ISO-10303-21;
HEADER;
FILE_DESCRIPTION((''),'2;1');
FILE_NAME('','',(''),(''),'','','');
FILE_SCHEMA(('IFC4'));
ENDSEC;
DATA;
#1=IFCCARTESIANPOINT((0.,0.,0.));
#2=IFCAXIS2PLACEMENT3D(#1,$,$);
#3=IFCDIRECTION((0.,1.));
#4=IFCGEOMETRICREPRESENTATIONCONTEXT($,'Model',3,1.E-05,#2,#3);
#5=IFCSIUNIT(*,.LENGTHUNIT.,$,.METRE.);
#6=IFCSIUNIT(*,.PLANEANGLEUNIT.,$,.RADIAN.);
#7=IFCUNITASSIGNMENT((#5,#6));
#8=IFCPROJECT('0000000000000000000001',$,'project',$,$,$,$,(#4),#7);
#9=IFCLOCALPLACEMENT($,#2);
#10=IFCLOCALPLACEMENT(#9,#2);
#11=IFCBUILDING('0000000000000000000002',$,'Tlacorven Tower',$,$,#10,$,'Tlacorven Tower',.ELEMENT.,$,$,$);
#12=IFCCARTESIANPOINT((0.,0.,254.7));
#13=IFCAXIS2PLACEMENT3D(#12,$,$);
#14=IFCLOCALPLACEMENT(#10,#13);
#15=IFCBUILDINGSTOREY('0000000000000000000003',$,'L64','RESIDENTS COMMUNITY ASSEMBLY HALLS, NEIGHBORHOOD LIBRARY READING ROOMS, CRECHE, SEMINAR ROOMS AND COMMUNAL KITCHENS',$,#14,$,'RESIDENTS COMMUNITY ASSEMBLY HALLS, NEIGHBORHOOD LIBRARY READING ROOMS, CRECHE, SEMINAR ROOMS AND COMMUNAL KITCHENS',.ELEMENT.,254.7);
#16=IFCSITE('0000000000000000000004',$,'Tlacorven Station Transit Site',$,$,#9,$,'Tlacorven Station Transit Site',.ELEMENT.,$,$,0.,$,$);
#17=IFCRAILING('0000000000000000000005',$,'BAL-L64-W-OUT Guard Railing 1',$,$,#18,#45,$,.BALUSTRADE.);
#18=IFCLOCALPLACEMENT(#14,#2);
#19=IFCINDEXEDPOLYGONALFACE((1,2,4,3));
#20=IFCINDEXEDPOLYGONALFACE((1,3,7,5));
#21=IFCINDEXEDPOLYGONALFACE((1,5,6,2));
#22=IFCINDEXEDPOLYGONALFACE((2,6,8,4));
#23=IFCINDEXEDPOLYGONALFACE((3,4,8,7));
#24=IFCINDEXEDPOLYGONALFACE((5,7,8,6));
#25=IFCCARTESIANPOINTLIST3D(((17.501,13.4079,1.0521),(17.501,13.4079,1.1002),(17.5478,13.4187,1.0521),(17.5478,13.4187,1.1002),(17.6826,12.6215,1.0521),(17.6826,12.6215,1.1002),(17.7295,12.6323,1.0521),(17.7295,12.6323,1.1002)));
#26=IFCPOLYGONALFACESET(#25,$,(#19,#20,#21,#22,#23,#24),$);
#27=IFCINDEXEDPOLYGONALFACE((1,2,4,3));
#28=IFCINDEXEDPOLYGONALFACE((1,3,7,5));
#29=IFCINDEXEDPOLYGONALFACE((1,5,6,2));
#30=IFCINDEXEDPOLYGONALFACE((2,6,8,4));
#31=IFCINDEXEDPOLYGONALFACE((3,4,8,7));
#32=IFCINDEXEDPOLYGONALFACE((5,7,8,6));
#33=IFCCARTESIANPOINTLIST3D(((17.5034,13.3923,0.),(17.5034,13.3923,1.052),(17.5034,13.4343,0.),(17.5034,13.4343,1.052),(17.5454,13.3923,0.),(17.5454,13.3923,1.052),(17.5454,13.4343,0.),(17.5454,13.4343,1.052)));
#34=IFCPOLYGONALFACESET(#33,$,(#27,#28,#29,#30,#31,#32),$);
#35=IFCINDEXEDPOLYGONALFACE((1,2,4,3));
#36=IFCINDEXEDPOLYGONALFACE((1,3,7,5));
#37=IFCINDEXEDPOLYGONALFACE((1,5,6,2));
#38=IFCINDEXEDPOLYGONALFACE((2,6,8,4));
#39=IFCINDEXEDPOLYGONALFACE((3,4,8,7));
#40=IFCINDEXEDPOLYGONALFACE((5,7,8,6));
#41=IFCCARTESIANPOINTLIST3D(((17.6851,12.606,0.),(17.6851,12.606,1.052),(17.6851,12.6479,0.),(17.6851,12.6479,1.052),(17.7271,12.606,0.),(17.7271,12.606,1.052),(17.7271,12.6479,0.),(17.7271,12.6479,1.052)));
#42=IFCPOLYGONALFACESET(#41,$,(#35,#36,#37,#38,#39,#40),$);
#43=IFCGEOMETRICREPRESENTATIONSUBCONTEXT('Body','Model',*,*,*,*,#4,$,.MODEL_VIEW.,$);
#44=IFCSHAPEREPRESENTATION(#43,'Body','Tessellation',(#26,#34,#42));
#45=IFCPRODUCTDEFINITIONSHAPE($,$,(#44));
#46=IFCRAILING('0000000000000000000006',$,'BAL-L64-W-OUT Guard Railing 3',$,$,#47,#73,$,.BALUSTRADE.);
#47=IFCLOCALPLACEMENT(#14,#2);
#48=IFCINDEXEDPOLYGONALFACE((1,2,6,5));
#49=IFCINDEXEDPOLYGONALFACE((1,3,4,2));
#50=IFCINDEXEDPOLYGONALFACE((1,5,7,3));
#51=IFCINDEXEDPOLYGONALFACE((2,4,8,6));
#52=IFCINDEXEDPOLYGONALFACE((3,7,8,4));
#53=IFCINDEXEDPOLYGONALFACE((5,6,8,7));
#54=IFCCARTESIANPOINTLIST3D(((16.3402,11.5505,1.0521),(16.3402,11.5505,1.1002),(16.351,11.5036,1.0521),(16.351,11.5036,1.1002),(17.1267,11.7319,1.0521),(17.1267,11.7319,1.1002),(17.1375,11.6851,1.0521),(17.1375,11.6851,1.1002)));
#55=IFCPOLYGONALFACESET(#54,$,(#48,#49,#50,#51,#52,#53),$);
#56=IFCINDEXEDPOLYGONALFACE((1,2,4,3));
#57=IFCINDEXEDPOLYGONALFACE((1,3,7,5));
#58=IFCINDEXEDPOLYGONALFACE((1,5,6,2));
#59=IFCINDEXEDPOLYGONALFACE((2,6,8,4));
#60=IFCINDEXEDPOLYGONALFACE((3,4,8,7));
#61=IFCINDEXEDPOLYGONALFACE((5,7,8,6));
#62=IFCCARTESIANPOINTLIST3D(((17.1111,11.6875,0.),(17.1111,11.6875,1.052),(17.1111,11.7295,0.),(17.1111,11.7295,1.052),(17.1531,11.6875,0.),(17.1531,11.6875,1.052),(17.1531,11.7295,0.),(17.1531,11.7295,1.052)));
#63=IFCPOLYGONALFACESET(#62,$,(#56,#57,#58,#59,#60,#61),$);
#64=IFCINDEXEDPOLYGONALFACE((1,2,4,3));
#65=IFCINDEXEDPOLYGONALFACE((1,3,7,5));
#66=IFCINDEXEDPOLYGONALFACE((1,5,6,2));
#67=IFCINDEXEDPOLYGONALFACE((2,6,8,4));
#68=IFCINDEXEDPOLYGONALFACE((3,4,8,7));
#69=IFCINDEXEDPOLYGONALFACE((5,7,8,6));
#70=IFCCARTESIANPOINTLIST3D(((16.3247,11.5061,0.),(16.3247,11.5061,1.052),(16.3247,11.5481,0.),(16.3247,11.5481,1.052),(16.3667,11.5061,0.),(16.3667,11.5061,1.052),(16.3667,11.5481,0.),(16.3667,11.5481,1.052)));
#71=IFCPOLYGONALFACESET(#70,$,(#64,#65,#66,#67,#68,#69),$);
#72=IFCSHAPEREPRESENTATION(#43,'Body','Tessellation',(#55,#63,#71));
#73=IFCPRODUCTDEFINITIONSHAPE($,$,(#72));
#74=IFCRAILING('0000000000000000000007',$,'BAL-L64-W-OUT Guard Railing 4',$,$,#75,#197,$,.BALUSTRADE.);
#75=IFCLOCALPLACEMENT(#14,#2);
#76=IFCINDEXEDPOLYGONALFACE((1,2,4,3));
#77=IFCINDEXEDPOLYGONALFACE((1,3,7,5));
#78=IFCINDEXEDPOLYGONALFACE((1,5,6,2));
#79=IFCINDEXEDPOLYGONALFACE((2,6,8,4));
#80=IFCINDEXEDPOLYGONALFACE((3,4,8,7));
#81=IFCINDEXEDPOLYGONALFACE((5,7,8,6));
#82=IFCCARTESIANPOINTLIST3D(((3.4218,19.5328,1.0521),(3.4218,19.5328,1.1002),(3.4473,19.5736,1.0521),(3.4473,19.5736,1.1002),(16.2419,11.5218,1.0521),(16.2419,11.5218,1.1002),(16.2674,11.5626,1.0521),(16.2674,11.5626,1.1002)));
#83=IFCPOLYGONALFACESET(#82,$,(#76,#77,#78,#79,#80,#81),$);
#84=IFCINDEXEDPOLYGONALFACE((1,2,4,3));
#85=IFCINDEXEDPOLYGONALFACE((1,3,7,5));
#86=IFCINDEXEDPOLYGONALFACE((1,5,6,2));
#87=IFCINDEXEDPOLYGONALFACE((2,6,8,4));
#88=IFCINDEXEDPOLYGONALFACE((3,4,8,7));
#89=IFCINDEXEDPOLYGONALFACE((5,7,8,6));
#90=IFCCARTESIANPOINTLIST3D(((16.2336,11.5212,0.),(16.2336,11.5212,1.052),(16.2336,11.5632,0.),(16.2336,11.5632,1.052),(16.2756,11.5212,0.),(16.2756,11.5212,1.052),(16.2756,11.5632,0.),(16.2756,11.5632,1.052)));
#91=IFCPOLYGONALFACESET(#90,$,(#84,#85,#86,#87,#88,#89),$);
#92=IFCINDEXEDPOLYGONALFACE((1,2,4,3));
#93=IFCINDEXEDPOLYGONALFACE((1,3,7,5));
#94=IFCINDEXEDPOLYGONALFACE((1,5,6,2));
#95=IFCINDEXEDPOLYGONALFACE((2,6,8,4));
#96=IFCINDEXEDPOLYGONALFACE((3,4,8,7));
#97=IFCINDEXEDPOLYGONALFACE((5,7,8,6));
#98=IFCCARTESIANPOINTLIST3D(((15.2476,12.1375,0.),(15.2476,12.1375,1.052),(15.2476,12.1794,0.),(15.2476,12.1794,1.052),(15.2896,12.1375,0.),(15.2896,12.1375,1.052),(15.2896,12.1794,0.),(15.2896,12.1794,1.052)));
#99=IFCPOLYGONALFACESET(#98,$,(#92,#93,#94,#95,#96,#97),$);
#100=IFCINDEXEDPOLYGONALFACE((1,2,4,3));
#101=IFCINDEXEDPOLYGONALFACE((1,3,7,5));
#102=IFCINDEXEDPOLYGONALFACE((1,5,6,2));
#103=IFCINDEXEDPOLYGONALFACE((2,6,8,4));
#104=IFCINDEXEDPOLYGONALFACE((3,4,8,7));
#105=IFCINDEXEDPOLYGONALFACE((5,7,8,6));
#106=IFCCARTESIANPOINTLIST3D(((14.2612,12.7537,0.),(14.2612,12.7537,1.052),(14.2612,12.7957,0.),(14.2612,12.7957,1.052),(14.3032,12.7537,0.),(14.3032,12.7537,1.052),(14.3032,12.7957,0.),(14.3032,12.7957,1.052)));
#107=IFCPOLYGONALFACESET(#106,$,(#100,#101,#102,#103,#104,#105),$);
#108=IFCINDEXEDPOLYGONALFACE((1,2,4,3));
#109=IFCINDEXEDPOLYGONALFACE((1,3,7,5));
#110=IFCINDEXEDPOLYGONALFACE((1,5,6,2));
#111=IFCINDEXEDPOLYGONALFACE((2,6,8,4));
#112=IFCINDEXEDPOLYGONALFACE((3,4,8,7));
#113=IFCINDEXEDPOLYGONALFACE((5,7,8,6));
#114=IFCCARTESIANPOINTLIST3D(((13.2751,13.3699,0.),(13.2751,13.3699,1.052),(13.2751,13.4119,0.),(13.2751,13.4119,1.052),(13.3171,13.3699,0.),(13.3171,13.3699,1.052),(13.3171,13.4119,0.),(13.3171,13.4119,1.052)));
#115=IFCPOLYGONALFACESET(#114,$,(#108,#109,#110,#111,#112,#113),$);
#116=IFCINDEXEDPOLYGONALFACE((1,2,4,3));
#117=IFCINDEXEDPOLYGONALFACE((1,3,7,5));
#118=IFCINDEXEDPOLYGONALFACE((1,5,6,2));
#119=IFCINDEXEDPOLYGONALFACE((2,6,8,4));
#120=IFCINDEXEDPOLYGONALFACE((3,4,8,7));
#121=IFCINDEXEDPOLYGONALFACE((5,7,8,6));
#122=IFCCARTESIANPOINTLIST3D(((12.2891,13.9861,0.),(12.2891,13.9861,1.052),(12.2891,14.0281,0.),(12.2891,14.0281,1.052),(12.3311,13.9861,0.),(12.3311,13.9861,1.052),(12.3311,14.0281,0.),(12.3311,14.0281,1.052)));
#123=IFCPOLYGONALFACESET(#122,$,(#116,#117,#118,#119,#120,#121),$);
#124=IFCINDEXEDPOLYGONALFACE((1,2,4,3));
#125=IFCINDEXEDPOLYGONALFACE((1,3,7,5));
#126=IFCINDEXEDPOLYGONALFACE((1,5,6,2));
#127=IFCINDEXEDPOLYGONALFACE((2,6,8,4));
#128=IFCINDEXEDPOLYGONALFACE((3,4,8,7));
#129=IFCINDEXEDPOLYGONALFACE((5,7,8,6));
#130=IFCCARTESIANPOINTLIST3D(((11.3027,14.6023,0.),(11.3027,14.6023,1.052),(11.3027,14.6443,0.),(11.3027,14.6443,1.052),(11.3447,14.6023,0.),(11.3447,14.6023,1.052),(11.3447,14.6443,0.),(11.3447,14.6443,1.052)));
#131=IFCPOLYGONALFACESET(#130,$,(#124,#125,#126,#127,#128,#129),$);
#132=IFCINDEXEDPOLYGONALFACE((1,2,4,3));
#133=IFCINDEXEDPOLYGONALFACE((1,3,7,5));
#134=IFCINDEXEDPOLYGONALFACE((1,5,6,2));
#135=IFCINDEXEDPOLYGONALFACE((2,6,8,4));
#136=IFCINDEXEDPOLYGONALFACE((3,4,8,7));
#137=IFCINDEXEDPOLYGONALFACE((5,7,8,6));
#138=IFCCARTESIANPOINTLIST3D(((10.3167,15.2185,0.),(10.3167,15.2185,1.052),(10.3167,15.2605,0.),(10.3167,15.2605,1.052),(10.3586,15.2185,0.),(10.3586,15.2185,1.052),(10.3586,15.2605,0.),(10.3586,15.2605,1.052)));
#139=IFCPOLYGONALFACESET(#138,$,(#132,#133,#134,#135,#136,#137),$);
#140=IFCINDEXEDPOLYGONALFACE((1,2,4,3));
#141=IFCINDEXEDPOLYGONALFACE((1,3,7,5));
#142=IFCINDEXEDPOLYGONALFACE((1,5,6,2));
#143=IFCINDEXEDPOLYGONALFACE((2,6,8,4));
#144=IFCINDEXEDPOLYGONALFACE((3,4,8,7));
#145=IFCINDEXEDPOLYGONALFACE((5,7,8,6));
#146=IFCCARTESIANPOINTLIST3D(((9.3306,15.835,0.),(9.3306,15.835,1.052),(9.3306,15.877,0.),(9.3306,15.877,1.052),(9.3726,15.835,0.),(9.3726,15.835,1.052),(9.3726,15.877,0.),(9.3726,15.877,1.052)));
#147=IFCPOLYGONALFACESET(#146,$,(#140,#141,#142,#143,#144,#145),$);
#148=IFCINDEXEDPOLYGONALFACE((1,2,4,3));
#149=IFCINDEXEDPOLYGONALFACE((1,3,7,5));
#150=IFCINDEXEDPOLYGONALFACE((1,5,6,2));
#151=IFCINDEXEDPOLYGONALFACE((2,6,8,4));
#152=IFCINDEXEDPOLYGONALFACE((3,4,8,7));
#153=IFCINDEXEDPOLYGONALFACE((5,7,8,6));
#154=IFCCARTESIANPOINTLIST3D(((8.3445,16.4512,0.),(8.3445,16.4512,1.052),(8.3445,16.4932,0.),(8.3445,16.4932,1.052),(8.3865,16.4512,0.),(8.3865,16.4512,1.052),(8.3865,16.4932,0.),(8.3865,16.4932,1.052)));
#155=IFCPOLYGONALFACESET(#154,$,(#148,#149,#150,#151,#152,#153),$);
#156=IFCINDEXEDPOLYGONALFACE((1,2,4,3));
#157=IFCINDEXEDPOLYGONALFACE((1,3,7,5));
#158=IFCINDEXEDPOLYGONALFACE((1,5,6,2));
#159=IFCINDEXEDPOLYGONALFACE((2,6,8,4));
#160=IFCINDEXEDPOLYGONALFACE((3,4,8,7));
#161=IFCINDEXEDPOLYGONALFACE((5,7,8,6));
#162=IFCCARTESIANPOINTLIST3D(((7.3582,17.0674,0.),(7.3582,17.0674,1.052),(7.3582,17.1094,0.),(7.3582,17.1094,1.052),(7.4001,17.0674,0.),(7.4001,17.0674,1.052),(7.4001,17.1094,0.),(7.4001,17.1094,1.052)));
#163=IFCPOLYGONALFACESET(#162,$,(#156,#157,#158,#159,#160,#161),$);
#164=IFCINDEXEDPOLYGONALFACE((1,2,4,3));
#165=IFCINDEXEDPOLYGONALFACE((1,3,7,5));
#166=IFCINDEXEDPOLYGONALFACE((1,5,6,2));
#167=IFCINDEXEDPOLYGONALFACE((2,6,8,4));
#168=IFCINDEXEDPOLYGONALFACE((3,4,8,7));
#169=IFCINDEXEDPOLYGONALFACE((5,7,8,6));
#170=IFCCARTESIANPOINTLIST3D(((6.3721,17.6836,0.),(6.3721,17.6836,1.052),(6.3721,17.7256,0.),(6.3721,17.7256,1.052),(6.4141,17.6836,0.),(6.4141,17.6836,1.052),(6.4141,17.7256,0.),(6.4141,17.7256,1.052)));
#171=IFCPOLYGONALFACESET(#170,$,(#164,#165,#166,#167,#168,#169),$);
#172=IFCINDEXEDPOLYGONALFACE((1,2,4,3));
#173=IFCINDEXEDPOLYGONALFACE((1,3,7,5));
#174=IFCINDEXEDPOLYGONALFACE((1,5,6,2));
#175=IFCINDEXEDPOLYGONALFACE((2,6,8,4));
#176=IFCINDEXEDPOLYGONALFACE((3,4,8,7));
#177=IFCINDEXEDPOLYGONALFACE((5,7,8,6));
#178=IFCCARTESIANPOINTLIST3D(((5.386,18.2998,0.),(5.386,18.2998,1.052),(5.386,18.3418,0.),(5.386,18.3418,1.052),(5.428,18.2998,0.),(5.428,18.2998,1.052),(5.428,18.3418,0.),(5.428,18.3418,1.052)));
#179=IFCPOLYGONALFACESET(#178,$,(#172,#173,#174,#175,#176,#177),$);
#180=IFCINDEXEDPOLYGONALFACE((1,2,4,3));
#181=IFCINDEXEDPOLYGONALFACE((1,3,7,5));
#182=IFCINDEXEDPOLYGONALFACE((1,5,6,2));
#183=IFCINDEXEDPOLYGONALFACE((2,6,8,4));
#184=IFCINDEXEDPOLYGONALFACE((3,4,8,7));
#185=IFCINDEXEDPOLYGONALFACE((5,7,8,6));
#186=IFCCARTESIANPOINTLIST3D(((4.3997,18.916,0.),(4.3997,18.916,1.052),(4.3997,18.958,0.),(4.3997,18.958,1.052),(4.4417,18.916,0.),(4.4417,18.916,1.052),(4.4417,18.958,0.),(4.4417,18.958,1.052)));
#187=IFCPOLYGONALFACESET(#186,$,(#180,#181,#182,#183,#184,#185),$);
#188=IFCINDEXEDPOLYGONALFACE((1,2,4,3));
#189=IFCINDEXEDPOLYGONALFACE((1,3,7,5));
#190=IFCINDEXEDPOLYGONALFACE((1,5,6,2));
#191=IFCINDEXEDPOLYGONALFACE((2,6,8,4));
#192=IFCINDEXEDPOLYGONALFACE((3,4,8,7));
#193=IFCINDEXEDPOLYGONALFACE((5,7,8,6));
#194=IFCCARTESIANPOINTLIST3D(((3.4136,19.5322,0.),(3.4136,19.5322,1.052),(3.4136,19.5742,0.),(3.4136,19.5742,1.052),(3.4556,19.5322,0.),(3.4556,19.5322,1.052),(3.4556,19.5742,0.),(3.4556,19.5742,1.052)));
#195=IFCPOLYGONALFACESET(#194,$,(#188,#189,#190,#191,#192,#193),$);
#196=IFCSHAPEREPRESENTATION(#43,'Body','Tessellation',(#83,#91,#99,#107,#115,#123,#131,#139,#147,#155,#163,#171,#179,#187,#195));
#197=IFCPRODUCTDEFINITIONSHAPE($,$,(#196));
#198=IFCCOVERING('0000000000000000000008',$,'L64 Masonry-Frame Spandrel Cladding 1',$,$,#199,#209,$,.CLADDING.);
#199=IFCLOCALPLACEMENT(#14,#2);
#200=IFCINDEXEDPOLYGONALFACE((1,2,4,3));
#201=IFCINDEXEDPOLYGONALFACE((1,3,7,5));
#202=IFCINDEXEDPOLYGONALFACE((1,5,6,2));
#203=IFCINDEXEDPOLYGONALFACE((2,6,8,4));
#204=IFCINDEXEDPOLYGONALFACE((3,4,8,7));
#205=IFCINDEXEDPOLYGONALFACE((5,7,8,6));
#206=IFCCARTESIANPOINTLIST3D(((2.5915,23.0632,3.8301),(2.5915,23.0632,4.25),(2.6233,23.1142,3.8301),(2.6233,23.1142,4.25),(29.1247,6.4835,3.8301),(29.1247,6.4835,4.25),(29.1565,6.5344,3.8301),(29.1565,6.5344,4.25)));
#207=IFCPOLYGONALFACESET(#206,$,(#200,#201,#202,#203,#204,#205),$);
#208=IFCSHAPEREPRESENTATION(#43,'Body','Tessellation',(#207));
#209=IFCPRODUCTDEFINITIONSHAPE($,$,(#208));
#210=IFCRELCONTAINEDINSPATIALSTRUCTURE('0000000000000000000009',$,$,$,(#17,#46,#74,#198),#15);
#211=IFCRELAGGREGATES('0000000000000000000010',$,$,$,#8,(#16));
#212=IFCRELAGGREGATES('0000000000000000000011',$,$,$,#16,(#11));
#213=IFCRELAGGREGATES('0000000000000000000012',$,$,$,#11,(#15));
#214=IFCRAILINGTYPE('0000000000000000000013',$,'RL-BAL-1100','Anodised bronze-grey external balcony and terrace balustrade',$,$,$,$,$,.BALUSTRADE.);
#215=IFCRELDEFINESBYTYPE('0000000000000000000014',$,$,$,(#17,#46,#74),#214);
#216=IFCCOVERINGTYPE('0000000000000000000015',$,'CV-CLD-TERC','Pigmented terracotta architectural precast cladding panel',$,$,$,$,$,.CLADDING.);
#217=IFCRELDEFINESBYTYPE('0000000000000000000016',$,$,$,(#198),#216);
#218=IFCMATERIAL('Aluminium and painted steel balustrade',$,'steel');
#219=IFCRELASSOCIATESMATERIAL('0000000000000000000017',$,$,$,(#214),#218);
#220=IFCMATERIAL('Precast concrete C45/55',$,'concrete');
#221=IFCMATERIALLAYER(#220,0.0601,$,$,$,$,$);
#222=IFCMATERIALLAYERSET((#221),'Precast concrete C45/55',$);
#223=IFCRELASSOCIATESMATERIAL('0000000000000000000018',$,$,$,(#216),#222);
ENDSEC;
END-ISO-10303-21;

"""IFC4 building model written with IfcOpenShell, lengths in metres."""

from ifc_helpers import new_model, si_unit, direction, frame, origin, origin_2d, place, context, subcontext, project, spatial, rectangle, extrude, source, transform, mapped, material, layer, layer_set, type_object, element, save


model = new_model("IFC4")

# Units and contexts
model_context = context("Model", 3, precision=1e-05, world=origin(), true_north=direction((0.0, 1.0)))
body_context = subcontext(model_context, "Body", "Model", "MODEL_VIEW")
ifc_project = project(units=[si_unit("LENGTHUNIT", "METRE"), si_unit("PLANEANGLEUNIT", "RADIAN")], contexts=[model_context])

# Site, building, storey
site_placement = place(None, origin())
site = spatial("IfcSite", under=ifc_project, at=site_placement, Name="Tlacorven Station Transit Site", LongName="Tlacorven Station Transit Site", CompositionType="ELEMENT", RefElevation=0.0)
building_placement = place(site_placement, origin())
building = spatial("IfcBuilding", under=site, at=building_placement, Name="Tlacorven Tower", LongName="Tlacorven Tower", CompositionType="ELEMENT")
storey_placement = place(building_placement, frame((0.0, 0.0, 254.7)))
storey = spatial("IfcBuildingStorey", under=building, at=storey_placement, Name="L64", Description="RESIDENTS COMMUNITY ASSEMBLY HALLS, NEIGHBORHOOD LIBRARY READING ROOMS, CRECHE, SEMINAR ROOMS AND COMMUNAL KITCHENS", LongName="RESIDENTS COMMUNITY ASSEMBLY HALLS, NEIGHBORHOOD LIBRARY READING ROOMS, CRECHE, SEMINAR ROOMS AND COMMUNAL KITCHENS", CompositionType="ELEMENT", Elevation=254.7)

# Shared definitions
ifc_material_1 = material(Name="Precast concrete C45/55", Category="concrete")

# Railings
ifc_material_2 = material(Name="Aluminium and painted steel balustrade", Category="steel")
railing_type = type_object("IfcRailingType", Name="RL-BAL-1100", Description="Anodised bronze-grey external balcony and terrace balustrade", PredefinedType="BALUSTRADE", material=ifc_material_2)
shared_shape_1 = source(origin(), body_context, "Body", "SweptSolid", [
    extrude(rectangle(XDim=0.0481, YDim=0.0481, at=origin_2d()), frame((0.0, 0.0, 1.0762), z_axis=(0.225058, -0.974345, 0.0), x_axis=(0.974345, 0.225058, 0.0)), (0.0, 0.0, 1.0), 0.8071),
    extrude(rectangle(XDim=0.042, YDim=0.042, at=origin_2d()), origin(), (0.0, 0.0, 1.0), 1.052),
    extrude(rectangle(XDim=0.042, YDim=0.042, at=origin_2d()), frame((0.1816, -0.7864, 0.0)), (0.0, 0.0, 1.0), 1.052),
])
railing_1_placement = place(storey_placement, frame((17.5244, 13.4133, 0.0)))
element("IfcRailing", 1, at=railing_1_placement, inside=storey, type_object=railing_type, Name="BAL-L64-W-OUT Guard Railing 1", PredefinedType="BALUSTRADE", context=body_context, shape_type="MappedRepresentation", body=[
    mapped(shared_shape_1, transform((0.0, 0.0, 0.0), scale=1.0)),
])
shared_shape_2 = source(origin(), body_context, "Body", "SweptSolid", [
    extrude(rectangle(XDim=0.0481, YDim=0.0481, at=origin_2d()), frame((0.0, 0.0, 1.0762), z_axis=(-0.974412, -0.224771, 0.0), x_axis=(0.224771, -0.974412, 0.0)), (0.0, 0.0, 1.0), 0.8071),
    extrude(rectangle(XDim=0.042, YDim=0.042, at=origin_2d()), origin(), (0.0, 0.0, 1.0), 1.052),
    extrude(rectangle(XDim=0.042, YDim=0.042, at=origin_2d()), frame((-0.7864, -0.1814, 0.0)), (0.0, 0.0, 1.0), 1.052),
])
railing_2_placement = place(storey_placement, frame((17.1321, 11.7085, 0.0)))
element("IfcRailing", 2, at=railing_2_placement, inside=storey, type_object=railing_type, Name="BAL-L64-W-OUT Guard Railing 3", PredefinedType="BALUSTRADE", context=body_context, shape_type="MappedRepresentation", body=[
    mapped(shared_shape_2, transform((0.0, 0.0, 0.0), scale=1.0)),
])
shared_shape_3 = source(origin(), body_context, "Body", "SweptSolid", [
    extrude(rectangle(XDim=0.0481, YDim=0.0481, at=origin_2d()), frame((0.0, 0.0, 1.0762), z_axis=(-0.848045, 0.529925, 0.0), x_axis=(-0.529925, -0.848045, 0.0)), (0.0, 0.0, 1.0), 15.1172),
    extrude(rectangle(XDim=0.042, YDim=0.042, at=origin_2d()), origin(), (0.0, 0.0, 1.0), 1.052),
    extrude(rectangle(XDim=0.042, YDim=0.042, at=origin_2d()), frame((-0.9861, 0.6162, 0.0)), (0.0, 0.0, 1.0), 1.052),
    extrude(rectangle(XDim=0.042, YDim=0.042, at=origin_2d()), frame((-1.9724, 1.2324, 0.0)), (0.0, 0.0, 1.0), 1.052),
    extrude(rectangle(XDim=0.042, YDim=0.042, at=origin_2d()), frame((-2.9585, 1.8486, 0.0)), (0.0, 0.0, 1.0), 1.052),
    extrude(rectangle(XDim=0.042, YDim=0.042, at=origin_2d()), frame((-3.9446, 2.4648, 0.0)), (0.0, 0.0, 1.0), 1.052),
    extrude(rectangle(XDim=0.042, YDim=0.042, at=origin_2d()), frame((-4.9309, 3.0811, 0.0)), (0.0, 0.0, 1.0), 1.052),
    extrude(rectangle(XDim=0.042, YDim=0.042, at=origin_2d()), frame((-5.917, 3.6973, 0.0)), (0.0, 0.0, 1.0), 1.052),
    extrude(rectangle(XDim=0.042, YDim=0.042, at=origin_2d()), frame((-6.9031, 4.3137, 0.0)), (0.0, 0.0, 1.0), 1.052),
    extrude(rectangle(XDim=0.042, YDim=0.042, at=origin_2d()), frame((-7.8892, 4.9299, 0.0)), (0.0, 0.0, 1.0), 1.052),
    extrude(rectangle(XDim=0.042, YDim=0.042, at=origin_2d()), frame((-8.8755, 5.5461, 0.0)), (0.0, 0.0, 1.0), 1.052),
    extrude(rectangle(XDim=0.042, YDim=0.042, at=origin_2d()), frame((-9.8616, 6.1624, 0.0)), (0.0, 0.0, 1.0), 1.052),
    extrude(rectangle(XDim=0.042, YDim=0.042, at=origin_2d()), frame((-10.8477, 6.7786, 0.0)), (0.0, 0.0, 1.0), 1.052),
    extrude(rectangle(XDim=0.042, YDim=0.042, at=origin_2d()), frame((-11.834, 7.3948, 0.0)), (0.0, 0.0, 1.0), 1.052),
    extrude(rectangle(XDim=0.042, YDim=0.042, at=origin_2d()), frame((-12.8201, 8.011, 0.0)), (0.0, 0.0, 1.0), 1.052),
])
railing_3_placement = place(storey_placement, frame((16.2546, 11.5422, 0.0)))
element("IfcRailing", 3, at=railing_3_placement, inside=storey, type_object=railing_type, Name="BAL-L64-W-OUT Guard Railing 4", PredefinedType="BALUSTRADE", context=body_context, shape_type="MappedRepresentation", body=[
    mapped(shared_shape_3, transform((0.0, 0.0, 0.0), scale=1.0)),
])

# Covering
ifc_layer_1 = layer(ifc_material_1, 0.0601)
ifc_layer_set_1 = layer_set([ifc_layer_1], Name="Precast concrete C45/55")
covering_type_1 = type_object("IfcCoveringType", Name="CV-CLD-TERC", Description="Pigmented terracotta architectural precast cladding panel", PredefinedType="CLADDING", material=ifc_layer_set_1)
shared_shape_4 = source(origin(), body_context, "Body", "SweptSolid", [
    extrude(rectangle(XDim=31.2874, YDim=0.0601, at=origin_2d()), origin(), (0.0, 0.0, 1.0), 0.4199),
])
covering_1_placement = place(storey_placement, frame((15.874, 14.7988, 3.8301), z_axis=(0.0, 0.0, 1.0), x_axis=(-0.848048, 0.529919, 0.0)))
element("IfcCovering", 4, at=covering_1_placement, inside=storey, type_object=covering_type_1, Name="L64 Masonry-Frame Spandrel Cladding 1", PredefinedType="CLADDING", context=body_context, shape_type="MappedRepresentation", body=[
    mapped(shared_shape_4, transform((0.0, 0.0, 0.0), scale=1.0)),
])

save(model, "model.ifc")
